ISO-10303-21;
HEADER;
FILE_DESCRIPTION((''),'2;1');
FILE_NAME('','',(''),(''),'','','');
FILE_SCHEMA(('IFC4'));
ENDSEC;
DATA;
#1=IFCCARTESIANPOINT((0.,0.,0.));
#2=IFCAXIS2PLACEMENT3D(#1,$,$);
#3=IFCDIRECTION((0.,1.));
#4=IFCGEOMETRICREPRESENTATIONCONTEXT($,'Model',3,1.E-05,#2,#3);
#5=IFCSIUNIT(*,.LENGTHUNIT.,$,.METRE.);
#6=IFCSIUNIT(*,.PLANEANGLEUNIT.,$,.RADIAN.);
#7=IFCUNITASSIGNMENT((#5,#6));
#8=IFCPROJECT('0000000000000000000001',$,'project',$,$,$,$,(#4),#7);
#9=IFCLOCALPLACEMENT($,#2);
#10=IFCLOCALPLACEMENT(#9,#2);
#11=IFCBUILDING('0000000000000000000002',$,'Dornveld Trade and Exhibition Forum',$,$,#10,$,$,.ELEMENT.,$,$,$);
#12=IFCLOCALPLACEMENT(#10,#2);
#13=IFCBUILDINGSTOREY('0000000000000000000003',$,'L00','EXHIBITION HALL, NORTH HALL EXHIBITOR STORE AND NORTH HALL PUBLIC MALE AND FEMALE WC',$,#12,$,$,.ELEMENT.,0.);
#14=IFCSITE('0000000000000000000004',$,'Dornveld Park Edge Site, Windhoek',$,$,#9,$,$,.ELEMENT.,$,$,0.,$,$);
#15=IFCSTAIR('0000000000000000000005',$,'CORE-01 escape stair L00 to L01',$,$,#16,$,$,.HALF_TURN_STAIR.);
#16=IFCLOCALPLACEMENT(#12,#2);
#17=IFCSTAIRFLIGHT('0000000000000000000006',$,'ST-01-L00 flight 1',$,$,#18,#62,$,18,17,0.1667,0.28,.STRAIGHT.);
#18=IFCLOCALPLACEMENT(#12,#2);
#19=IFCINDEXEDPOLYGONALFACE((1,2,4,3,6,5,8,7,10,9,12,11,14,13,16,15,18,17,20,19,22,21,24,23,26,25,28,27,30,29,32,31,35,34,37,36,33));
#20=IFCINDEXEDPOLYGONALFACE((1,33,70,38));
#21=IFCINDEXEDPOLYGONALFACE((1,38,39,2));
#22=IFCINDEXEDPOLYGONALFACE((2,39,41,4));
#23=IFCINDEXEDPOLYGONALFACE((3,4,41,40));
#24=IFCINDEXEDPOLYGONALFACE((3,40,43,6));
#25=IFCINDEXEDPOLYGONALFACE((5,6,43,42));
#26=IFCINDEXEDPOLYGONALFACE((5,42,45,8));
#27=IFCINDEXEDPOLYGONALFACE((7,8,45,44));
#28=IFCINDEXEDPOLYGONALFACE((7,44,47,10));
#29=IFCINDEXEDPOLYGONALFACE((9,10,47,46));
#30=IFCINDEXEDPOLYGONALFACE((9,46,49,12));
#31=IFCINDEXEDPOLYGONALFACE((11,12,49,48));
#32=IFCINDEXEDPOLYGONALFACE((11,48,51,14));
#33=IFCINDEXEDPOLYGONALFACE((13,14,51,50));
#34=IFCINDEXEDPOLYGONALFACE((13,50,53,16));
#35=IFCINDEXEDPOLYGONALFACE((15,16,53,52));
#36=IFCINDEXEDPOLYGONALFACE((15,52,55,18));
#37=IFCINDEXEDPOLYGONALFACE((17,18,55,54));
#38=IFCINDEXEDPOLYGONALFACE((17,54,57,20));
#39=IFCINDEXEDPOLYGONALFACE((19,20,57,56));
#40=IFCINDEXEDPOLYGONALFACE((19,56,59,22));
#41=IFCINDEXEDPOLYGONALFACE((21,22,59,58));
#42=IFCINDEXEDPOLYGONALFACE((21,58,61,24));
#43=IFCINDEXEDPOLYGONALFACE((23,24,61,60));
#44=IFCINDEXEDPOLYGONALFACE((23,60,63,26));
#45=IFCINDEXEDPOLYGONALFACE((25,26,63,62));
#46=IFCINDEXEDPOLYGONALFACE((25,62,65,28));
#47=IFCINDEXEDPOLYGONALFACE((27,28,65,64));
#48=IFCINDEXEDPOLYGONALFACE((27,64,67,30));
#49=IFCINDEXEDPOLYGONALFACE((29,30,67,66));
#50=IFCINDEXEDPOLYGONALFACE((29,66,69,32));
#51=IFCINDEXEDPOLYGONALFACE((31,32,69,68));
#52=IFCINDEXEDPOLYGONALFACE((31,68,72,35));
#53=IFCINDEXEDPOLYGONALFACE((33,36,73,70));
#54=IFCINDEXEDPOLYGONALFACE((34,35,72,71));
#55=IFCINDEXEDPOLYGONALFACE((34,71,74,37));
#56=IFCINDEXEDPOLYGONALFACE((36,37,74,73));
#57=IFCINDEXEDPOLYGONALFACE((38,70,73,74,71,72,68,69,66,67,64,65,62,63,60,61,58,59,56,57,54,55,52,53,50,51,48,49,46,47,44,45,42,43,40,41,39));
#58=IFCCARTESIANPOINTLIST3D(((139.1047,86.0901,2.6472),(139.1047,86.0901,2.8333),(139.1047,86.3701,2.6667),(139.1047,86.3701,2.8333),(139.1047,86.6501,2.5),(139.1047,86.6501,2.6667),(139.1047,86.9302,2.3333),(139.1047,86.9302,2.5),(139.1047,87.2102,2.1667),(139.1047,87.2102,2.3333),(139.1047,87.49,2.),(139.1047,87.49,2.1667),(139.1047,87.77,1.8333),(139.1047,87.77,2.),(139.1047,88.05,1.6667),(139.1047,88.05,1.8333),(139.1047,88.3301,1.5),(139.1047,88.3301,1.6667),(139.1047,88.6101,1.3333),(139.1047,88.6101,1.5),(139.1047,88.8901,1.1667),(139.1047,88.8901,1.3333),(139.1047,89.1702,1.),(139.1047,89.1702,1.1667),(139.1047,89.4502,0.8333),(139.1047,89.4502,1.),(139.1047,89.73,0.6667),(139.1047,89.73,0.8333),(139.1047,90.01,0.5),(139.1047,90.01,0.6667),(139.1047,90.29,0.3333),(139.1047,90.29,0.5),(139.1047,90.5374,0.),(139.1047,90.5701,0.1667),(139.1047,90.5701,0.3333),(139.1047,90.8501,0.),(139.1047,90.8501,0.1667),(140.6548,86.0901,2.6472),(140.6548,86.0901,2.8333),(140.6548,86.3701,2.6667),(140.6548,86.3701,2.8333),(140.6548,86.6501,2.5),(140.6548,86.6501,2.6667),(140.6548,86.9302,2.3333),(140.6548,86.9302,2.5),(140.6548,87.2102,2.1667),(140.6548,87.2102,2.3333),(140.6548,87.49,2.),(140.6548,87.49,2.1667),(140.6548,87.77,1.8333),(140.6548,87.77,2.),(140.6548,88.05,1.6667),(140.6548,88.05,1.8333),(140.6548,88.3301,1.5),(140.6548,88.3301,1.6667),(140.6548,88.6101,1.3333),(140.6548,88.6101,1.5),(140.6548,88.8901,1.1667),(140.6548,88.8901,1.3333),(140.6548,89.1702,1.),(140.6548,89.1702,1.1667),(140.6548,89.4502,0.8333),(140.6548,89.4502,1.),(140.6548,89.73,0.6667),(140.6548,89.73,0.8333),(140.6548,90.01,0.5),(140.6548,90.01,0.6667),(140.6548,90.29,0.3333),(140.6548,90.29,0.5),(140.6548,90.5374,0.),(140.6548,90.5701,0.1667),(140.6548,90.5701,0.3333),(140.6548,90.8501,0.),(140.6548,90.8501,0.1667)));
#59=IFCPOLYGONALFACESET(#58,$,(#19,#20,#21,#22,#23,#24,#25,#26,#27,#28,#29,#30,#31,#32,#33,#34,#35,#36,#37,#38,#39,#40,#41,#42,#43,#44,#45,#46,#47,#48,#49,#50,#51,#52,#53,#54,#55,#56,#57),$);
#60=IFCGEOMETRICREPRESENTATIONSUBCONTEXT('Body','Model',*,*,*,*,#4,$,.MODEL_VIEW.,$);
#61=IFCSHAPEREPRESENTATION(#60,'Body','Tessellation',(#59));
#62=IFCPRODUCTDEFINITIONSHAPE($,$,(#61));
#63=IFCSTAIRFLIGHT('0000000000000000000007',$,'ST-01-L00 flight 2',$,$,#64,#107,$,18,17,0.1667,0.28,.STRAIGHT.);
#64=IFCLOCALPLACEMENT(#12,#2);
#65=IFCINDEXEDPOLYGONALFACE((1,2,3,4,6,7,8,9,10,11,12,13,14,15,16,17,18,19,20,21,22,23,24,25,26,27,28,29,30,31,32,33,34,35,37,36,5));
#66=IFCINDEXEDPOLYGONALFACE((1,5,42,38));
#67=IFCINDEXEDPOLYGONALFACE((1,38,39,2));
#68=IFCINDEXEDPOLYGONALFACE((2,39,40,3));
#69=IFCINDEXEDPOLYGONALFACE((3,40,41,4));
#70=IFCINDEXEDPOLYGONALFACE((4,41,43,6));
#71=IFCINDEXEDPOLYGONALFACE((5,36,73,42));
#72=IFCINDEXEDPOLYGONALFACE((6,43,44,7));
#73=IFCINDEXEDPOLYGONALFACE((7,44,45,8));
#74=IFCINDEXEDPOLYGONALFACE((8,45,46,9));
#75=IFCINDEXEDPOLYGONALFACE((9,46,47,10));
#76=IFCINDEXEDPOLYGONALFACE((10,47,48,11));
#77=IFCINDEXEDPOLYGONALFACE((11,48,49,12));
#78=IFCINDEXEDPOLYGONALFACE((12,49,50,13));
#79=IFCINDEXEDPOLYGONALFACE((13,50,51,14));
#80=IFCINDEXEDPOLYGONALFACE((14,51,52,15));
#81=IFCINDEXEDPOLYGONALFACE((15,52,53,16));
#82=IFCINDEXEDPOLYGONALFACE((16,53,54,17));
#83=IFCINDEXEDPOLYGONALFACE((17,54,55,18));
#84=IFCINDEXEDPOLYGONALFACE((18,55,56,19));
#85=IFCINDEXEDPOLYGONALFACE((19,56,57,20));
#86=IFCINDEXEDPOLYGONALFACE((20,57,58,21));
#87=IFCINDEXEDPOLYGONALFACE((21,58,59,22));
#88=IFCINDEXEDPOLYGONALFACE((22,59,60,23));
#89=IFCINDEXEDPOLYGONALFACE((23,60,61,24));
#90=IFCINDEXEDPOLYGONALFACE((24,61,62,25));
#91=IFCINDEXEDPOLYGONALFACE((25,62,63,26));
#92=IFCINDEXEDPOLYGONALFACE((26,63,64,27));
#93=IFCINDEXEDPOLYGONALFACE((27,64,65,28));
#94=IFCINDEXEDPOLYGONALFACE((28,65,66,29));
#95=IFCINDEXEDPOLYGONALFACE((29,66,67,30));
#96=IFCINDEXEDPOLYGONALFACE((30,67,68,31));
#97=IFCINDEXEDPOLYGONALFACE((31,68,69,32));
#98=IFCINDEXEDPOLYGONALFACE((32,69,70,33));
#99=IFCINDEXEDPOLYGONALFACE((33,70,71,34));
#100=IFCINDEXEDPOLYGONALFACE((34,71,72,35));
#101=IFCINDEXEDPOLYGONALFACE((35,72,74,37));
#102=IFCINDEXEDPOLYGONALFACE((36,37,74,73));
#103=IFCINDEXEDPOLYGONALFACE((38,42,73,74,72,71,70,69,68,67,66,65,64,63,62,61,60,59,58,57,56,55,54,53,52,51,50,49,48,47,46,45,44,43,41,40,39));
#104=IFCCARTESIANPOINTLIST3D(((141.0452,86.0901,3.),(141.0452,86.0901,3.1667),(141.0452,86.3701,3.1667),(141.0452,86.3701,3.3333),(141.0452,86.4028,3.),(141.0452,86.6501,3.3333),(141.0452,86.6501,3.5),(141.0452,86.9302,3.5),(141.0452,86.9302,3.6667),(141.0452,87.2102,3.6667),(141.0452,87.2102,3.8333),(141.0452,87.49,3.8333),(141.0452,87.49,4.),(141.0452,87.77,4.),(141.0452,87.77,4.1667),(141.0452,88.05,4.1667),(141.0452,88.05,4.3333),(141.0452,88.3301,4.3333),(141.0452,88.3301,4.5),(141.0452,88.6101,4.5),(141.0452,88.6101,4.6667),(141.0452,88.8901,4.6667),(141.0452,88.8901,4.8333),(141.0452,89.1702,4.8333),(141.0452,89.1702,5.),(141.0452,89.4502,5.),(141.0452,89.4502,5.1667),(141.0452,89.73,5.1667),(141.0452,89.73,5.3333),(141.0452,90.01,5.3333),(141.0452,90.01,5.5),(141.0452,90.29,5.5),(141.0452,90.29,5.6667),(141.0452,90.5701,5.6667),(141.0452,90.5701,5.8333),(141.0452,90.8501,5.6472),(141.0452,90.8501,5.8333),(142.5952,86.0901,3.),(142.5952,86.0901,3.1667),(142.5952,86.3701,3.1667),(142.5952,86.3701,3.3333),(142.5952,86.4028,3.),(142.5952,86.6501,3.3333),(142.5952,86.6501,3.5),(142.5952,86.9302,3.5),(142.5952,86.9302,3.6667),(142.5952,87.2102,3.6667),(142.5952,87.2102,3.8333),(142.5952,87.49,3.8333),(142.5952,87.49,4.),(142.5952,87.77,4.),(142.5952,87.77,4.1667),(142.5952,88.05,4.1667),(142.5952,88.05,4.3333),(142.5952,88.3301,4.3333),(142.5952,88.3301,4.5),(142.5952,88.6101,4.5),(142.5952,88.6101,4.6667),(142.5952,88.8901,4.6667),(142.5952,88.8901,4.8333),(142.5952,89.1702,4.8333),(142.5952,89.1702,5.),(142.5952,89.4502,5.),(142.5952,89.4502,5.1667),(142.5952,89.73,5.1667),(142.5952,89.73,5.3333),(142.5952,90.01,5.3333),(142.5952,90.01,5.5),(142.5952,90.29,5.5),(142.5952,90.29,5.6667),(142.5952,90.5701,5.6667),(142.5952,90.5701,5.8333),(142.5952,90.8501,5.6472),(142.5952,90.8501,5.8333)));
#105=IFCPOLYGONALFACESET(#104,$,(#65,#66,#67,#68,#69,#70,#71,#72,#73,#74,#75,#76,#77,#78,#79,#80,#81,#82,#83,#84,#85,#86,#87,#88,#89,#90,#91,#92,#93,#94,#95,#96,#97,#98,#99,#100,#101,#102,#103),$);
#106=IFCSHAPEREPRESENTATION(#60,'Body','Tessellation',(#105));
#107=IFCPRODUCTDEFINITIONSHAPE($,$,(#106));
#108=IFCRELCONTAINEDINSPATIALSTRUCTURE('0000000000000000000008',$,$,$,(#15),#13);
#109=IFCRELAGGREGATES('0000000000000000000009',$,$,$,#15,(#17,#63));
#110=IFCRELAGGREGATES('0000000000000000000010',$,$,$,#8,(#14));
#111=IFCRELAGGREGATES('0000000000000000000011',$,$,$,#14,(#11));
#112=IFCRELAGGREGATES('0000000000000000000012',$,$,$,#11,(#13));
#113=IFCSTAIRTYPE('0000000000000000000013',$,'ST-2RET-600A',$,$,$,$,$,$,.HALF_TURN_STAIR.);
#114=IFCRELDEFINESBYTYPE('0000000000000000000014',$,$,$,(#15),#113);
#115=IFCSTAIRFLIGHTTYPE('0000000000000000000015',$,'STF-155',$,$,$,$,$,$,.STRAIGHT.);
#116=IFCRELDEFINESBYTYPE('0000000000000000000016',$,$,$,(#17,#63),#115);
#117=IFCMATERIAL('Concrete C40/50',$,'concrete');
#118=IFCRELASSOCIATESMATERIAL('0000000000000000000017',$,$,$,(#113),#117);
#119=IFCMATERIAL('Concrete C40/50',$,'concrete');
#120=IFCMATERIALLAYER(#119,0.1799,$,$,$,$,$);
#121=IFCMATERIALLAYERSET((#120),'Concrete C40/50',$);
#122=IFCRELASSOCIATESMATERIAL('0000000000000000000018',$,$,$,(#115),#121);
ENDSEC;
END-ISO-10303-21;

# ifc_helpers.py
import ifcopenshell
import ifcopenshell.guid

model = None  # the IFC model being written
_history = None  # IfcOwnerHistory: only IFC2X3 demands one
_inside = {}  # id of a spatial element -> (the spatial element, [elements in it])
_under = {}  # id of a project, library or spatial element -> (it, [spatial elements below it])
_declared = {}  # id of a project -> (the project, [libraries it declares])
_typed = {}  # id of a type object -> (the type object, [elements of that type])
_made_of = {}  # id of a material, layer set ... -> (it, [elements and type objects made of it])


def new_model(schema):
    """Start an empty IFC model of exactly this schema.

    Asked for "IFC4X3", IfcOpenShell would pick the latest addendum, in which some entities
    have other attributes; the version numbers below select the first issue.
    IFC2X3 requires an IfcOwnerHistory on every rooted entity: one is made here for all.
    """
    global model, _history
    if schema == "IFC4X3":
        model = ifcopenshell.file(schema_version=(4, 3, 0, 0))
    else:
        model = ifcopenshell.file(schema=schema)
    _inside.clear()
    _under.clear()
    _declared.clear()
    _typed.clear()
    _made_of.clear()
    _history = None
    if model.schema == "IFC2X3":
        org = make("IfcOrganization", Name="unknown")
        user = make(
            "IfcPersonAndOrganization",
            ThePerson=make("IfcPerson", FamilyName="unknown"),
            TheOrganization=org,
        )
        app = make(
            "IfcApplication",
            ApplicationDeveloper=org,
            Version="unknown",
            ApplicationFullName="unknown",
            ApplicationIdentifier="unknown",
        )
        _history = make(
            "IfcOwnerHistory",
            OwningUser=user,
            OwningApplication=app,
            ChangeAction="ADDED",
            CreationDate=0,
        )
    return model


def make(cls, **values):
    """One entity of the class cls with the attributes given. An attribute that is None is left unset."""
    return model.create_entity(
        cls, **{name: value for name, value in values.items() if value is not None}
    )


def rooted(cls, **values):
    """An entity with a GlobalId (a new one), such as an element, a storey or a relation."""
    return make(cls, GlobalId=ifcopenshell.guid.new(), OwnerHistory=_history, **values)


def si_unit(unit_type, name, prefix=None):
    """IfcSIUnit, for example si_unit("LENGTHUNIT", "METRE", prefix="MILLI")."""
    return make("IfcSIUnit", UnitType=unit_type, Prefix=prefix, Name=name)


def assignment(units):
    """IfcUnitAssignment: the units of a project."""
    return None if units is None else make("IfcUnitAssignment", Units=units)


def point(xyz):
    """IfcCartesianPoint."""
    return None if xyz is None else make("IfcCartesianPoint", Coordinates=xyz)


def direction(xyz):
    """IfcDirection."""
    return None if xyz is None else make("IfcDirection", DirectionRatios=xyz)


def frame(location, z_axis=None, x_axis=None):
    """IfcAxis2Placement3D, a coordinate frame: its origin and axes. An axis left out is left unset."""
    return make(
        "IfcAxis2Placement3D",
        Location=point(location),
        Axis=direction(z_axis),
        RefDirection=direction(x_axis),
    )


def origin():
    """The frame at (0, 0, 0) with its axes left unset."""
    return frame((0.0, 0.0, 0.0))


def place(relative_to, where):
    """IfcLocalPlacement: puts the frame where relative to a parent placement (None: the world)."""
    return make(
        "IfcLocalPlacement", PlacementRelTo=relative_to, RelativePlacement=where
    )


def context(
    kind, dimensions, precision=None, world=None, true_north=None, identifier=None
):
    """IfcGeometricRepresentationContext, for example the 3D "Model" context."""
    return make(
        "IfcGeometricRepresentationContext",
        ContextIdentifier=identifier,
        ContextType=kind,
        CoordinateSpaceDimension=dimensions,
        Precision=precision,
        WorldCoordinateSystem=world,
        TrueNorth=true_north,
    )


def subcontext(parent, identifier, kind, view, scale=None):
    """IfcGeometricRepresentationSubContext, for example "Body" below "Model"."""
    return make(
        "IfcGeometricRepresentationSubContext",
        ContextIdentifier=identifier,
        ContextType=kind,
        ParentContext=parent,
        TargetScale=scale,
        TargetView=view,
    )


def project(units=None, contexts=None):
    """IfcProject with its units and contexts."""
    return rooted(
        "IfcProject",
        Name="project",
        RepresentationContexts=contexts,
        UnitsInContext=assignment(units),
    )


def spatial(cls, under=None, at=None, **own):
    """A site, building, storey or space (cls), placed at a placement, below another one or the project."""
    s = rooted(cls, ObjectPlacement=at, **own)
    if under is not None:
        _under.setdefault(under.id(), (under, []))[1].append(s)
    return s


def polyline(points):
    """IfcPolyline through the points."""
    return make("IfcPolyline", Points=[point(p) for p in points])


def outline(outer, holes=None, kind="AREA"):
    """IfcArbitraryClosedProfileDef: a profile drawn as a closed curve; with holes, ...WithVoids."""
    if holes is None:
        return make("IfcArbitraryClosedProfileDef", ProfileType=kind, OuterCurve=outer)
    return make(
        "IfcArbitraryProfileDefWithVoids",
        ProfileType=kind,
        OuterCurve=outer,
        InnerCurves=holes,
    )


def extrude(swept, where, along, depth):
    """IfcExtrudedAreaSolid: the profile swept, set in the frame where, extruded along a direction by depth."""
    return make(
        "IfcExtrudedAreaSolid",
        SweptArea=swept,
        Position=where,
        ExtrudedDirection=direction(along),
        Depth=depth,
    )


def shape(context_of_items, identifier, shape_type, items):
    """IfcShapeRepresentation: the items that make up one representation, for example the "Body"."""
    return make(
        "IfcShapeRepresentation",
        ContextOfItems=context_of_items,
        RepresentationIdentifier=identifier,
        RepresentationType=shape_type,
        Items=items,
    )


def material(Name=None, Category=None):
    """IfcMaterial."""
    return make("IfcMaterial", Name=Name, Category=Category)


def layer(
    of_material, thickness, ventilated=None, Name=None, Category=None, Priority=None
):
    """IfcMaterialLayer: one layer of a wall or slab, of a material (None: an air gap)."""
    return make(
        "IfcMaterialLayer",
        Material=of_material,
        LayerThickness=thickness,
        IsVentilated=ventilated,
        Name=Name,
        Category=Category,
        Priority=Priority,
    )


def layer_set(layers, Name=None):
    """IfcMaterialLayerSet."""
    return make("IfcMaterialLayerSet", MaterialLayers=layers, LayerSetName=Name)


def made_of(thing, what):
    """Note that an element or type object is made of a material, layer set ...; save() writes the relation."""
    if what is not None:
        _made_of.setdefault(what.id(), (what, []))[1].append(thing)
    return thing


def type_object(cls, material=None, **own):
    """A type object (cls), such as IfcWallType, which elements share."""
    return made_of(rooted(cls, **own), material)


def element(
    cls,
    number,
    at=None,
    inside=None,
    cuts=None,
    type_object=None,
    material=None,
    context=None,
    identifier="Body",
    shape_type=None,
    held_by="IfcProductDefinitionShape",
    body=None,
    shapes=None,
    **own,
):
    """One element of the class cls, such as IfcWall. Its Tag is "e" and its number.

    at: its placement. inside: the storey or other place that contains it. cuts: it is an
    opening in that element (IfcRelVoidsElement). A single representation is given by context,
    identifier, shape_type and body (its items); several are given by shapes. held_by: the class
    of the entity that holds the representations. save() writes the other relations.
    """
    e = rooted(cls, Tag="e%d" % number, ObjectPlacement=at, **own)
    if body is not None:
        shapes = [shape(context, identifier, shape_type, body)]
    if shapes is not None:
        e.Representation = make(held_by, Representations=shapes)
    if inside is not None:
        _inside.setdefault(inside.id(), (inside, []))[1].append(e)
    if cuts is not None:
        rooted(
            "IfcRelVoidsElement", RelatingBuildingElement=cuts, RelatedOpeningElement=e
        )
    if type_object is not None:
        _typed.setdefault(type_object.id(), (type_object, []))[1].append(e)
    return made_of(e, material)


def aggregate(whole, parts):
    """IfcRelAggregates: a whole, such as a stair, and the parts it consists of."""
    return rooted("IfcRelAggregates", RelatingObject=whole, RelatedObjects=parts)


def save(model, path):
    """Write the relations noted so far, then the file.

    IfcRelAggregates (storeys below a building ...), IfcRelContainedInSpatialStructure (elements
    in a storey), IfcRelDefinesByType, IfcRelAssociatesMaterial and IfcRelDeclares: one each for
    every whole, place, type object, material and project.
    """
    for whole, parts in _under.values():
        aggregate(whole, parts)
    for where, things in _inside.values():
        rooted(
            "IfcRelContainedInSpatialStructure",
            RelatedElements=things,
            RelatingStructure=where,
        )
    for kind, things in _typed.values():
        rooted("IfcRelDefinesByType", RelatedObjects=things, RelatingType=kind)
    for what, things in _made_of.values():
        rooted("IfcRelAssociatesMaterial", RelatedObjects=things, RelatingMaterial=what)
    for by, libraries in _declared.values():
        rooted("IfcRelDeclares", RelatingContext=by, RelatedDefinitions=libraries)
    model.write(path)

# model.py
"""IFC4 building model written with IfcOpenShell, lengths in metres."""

from ifc_helpers import new_model, si_unit, direction, frame, origin, place, context, subcontext, project, spatial, polyline, outline, extrude, material, layer, layer_set, type_object, element, aggregate, save


model = new_model("IFC4")

# Units and contexts
model_context = context("Model", 3, precision=1e-05, world=origin(), true_north=direction((0.0, 1.0)))
body_context = subcontext(model_context, "Body", "Model", "MODEL_VIEW")
ifc_project = project(units=[si_unit("LENGTHUNIT", "METRE"), si_unit("PLANEANGLEUNIT", "RADIAN")], contexts=[model_context])

# Site, building, storey
site_placement = place(None, origin())
site = spatial("IfcSite", under=ifc_project, at=site_placement, Name="Dornveld Park Edge Site, Windhoek", CompositionType="ELEMENT", RefElevation=0.0)
building_placement = place(site_placement, origin())
building = spatial("IfcBuilding", under=site, at=building_placement, Name="Dornveld Trade and Exhibition Forum", CompositionType="ELEMENT")
storey_placement = place(building_placement, origin())
storey = spatial("IfcBuildingStorey", under=building, at=storey_placement, Name="L00", Description="EXHIBITION HALL, NORTH HALL EXHIBITOR STORE AND NORTH HALL PUBLIC MALE AND FEMALE WC", CompositionType="ELEMENT", Elevation=0.0)

# Stair, stair flights
ifc_material_1 = material(Name="Concrete C40/50", Category="concrete")
stair_type = type_object("IfcStairType", Name="ST-2RET-600A", PredefinedType="HALF_TURN_STAIR", material=ifc_material_1)
stair_placement = place(storey_placement, origin())
stair = element("IfcStair", 1, at=stair_placement, inside=storey, type_object=stair_type, Name="CORE-01 escape stair L00 to L01", PredefinedType="HALF_TURN_STAIR")
ifc_material_2 = material(Name="Concrete C40/50", Category="concrete")
ifc_layer_1 = layer(ifc_material_2, 0.1799)
ifc_layer_set_1 = layer_set([ifc_layer_1], Name="Concrete C40/50")
stair_flight_type = type_object("IfcStairFlightType", Name="STF-155", PredefinedType="STRAIGHT", material=ifc_layer_set_1)
stair_flight_1_placement = place(storey_placement, frame((139.8799, 90.8501, 0.0), z_axis=(0.0, 0.0, 1.0), x_axis=(0.0, -1.0, 0.0)))
stair_flight_1 = element("IfcStairFlight", 2, at=stair_flight_1_placement, type_object=stair_flight_type, Name="ST-01-L00 flight 1", NumberOfRisers=18, NumberOfTreads=17, PredefinedType="STRAIGHT", RiserHeight=0.1667, TreadLength=0.28, context=body_context, shape_type="SweptSolid", body=[
    extrude(outline(polyline([(0.0, 0.0), (0.0, 0.1667), (0.28, 0.1667), (0.28, 0.3333), (0.5601, 0.3333), (0.5601, 0.5), (0.8401, 0.5), (0.8401, 0.6667), (1.1201, 0.6667), (1.1201, 0.8333), (1.3999, 0.8333), (1.3999, 1.0), (1.6799, 1.0), (1.6799, 1.1667), (1.96, 1.1667), (1.96, 1.3333), (2.24, 1.3333), (2.24, 1.5), (2.52, 1.5), (2.52, 1.6667), (2.8, 1.6667), (2.8, 1.8333), (3.0801, 1.8333), (3.0801, 2.0), (3.3601, 2.0), (3.3601, 2.1667), (3.6399, 2.1667), (3.6399, 2.3333), (3.9199, 2.3333), (3.9199, 2.5), (4.2, 2.5), (4.2, 2.6667), (4.48, 2.6667), (4.48, 2.8333), (4.76, 2.8333), (4.76, 3.0), (4.76, 2.6472), (0.3127, 0.0), (0.0, 0.0)])), frame((0.0, 0.7749, 0.0), z_axis=(0.0, -1.0, 0.0), x_axis=(1.0, 0.0, 0.0)), (0.0, 0.0, 1.0), 1.55),
])
stair_flight_2_placement = place(storey_placement, frame((141.8201, 86.0901, 3.0), z_axis=(0.0, 0.0, 1.0), x_axis=(0.0, 1.0, 0.0)))
stair_flight_2 = element("IfcStairFlight", 3, at=stair_flight_2_placement, type_object=stair_flight_type, Name="ST-01-L00 flight 2", NumberOfRisers=18, NumberOfTreads=17, PredefinedType="STRAIGHT", RiserHeight=0.1667, TreadLength=0.28, context=body_context, shape_type="SweptSolid", body=[
    extrude(outline(polyline([(0.0, 0.0), (0.0, 0.1667), (0.28, 0.1667), (0.28, 0.3333), (0.5601, 0.3333), (0.5601, 0.5), (0.8401, 0.5), (0.8401, 0.6667), (1.1201, 0.6667), (1.1201, 0.8333), (1.3999, 0.8333), (1.3999, 1.0), (1.6799, 1.0), (1.6799, 1.1667), (1.96, 1.1667), (1.96, 1.3333), (2.24, 1.3333), (2.24, 1.5), (2.52, 1.5), (2.52, 1.6667), (2.8, 1.6667), (2.8, 1.8333), (3.0801, 1.8333), (3.0801, 2.0), (3.3601, 2.0), (3.3601, 2.1667), (3.6399, 2.1667), (3.6399, 2.3333), (3.9199, 2.3333), (3.9199, 2.5), (4.2, 2.5), (4.2, 2.6667), (4.48, 2.6667), (4.48, 2.8333), (4.76, 2.8333), (4.76, 3.0), (4.76, 2.6472), (0.3127, 0.0), (0.0, 0.0)])), frame((0.0, 0.7749, 0.0), z_axis=(0.0, -1.0, 0.0), x_axis=(1.0, 0.0, 0.0)), (0.0, 0.0, 1.0), 1.55),
])
aggregate(stair, [stair_flight_1, stair_flight_2])

save(model, "model.ifc")
